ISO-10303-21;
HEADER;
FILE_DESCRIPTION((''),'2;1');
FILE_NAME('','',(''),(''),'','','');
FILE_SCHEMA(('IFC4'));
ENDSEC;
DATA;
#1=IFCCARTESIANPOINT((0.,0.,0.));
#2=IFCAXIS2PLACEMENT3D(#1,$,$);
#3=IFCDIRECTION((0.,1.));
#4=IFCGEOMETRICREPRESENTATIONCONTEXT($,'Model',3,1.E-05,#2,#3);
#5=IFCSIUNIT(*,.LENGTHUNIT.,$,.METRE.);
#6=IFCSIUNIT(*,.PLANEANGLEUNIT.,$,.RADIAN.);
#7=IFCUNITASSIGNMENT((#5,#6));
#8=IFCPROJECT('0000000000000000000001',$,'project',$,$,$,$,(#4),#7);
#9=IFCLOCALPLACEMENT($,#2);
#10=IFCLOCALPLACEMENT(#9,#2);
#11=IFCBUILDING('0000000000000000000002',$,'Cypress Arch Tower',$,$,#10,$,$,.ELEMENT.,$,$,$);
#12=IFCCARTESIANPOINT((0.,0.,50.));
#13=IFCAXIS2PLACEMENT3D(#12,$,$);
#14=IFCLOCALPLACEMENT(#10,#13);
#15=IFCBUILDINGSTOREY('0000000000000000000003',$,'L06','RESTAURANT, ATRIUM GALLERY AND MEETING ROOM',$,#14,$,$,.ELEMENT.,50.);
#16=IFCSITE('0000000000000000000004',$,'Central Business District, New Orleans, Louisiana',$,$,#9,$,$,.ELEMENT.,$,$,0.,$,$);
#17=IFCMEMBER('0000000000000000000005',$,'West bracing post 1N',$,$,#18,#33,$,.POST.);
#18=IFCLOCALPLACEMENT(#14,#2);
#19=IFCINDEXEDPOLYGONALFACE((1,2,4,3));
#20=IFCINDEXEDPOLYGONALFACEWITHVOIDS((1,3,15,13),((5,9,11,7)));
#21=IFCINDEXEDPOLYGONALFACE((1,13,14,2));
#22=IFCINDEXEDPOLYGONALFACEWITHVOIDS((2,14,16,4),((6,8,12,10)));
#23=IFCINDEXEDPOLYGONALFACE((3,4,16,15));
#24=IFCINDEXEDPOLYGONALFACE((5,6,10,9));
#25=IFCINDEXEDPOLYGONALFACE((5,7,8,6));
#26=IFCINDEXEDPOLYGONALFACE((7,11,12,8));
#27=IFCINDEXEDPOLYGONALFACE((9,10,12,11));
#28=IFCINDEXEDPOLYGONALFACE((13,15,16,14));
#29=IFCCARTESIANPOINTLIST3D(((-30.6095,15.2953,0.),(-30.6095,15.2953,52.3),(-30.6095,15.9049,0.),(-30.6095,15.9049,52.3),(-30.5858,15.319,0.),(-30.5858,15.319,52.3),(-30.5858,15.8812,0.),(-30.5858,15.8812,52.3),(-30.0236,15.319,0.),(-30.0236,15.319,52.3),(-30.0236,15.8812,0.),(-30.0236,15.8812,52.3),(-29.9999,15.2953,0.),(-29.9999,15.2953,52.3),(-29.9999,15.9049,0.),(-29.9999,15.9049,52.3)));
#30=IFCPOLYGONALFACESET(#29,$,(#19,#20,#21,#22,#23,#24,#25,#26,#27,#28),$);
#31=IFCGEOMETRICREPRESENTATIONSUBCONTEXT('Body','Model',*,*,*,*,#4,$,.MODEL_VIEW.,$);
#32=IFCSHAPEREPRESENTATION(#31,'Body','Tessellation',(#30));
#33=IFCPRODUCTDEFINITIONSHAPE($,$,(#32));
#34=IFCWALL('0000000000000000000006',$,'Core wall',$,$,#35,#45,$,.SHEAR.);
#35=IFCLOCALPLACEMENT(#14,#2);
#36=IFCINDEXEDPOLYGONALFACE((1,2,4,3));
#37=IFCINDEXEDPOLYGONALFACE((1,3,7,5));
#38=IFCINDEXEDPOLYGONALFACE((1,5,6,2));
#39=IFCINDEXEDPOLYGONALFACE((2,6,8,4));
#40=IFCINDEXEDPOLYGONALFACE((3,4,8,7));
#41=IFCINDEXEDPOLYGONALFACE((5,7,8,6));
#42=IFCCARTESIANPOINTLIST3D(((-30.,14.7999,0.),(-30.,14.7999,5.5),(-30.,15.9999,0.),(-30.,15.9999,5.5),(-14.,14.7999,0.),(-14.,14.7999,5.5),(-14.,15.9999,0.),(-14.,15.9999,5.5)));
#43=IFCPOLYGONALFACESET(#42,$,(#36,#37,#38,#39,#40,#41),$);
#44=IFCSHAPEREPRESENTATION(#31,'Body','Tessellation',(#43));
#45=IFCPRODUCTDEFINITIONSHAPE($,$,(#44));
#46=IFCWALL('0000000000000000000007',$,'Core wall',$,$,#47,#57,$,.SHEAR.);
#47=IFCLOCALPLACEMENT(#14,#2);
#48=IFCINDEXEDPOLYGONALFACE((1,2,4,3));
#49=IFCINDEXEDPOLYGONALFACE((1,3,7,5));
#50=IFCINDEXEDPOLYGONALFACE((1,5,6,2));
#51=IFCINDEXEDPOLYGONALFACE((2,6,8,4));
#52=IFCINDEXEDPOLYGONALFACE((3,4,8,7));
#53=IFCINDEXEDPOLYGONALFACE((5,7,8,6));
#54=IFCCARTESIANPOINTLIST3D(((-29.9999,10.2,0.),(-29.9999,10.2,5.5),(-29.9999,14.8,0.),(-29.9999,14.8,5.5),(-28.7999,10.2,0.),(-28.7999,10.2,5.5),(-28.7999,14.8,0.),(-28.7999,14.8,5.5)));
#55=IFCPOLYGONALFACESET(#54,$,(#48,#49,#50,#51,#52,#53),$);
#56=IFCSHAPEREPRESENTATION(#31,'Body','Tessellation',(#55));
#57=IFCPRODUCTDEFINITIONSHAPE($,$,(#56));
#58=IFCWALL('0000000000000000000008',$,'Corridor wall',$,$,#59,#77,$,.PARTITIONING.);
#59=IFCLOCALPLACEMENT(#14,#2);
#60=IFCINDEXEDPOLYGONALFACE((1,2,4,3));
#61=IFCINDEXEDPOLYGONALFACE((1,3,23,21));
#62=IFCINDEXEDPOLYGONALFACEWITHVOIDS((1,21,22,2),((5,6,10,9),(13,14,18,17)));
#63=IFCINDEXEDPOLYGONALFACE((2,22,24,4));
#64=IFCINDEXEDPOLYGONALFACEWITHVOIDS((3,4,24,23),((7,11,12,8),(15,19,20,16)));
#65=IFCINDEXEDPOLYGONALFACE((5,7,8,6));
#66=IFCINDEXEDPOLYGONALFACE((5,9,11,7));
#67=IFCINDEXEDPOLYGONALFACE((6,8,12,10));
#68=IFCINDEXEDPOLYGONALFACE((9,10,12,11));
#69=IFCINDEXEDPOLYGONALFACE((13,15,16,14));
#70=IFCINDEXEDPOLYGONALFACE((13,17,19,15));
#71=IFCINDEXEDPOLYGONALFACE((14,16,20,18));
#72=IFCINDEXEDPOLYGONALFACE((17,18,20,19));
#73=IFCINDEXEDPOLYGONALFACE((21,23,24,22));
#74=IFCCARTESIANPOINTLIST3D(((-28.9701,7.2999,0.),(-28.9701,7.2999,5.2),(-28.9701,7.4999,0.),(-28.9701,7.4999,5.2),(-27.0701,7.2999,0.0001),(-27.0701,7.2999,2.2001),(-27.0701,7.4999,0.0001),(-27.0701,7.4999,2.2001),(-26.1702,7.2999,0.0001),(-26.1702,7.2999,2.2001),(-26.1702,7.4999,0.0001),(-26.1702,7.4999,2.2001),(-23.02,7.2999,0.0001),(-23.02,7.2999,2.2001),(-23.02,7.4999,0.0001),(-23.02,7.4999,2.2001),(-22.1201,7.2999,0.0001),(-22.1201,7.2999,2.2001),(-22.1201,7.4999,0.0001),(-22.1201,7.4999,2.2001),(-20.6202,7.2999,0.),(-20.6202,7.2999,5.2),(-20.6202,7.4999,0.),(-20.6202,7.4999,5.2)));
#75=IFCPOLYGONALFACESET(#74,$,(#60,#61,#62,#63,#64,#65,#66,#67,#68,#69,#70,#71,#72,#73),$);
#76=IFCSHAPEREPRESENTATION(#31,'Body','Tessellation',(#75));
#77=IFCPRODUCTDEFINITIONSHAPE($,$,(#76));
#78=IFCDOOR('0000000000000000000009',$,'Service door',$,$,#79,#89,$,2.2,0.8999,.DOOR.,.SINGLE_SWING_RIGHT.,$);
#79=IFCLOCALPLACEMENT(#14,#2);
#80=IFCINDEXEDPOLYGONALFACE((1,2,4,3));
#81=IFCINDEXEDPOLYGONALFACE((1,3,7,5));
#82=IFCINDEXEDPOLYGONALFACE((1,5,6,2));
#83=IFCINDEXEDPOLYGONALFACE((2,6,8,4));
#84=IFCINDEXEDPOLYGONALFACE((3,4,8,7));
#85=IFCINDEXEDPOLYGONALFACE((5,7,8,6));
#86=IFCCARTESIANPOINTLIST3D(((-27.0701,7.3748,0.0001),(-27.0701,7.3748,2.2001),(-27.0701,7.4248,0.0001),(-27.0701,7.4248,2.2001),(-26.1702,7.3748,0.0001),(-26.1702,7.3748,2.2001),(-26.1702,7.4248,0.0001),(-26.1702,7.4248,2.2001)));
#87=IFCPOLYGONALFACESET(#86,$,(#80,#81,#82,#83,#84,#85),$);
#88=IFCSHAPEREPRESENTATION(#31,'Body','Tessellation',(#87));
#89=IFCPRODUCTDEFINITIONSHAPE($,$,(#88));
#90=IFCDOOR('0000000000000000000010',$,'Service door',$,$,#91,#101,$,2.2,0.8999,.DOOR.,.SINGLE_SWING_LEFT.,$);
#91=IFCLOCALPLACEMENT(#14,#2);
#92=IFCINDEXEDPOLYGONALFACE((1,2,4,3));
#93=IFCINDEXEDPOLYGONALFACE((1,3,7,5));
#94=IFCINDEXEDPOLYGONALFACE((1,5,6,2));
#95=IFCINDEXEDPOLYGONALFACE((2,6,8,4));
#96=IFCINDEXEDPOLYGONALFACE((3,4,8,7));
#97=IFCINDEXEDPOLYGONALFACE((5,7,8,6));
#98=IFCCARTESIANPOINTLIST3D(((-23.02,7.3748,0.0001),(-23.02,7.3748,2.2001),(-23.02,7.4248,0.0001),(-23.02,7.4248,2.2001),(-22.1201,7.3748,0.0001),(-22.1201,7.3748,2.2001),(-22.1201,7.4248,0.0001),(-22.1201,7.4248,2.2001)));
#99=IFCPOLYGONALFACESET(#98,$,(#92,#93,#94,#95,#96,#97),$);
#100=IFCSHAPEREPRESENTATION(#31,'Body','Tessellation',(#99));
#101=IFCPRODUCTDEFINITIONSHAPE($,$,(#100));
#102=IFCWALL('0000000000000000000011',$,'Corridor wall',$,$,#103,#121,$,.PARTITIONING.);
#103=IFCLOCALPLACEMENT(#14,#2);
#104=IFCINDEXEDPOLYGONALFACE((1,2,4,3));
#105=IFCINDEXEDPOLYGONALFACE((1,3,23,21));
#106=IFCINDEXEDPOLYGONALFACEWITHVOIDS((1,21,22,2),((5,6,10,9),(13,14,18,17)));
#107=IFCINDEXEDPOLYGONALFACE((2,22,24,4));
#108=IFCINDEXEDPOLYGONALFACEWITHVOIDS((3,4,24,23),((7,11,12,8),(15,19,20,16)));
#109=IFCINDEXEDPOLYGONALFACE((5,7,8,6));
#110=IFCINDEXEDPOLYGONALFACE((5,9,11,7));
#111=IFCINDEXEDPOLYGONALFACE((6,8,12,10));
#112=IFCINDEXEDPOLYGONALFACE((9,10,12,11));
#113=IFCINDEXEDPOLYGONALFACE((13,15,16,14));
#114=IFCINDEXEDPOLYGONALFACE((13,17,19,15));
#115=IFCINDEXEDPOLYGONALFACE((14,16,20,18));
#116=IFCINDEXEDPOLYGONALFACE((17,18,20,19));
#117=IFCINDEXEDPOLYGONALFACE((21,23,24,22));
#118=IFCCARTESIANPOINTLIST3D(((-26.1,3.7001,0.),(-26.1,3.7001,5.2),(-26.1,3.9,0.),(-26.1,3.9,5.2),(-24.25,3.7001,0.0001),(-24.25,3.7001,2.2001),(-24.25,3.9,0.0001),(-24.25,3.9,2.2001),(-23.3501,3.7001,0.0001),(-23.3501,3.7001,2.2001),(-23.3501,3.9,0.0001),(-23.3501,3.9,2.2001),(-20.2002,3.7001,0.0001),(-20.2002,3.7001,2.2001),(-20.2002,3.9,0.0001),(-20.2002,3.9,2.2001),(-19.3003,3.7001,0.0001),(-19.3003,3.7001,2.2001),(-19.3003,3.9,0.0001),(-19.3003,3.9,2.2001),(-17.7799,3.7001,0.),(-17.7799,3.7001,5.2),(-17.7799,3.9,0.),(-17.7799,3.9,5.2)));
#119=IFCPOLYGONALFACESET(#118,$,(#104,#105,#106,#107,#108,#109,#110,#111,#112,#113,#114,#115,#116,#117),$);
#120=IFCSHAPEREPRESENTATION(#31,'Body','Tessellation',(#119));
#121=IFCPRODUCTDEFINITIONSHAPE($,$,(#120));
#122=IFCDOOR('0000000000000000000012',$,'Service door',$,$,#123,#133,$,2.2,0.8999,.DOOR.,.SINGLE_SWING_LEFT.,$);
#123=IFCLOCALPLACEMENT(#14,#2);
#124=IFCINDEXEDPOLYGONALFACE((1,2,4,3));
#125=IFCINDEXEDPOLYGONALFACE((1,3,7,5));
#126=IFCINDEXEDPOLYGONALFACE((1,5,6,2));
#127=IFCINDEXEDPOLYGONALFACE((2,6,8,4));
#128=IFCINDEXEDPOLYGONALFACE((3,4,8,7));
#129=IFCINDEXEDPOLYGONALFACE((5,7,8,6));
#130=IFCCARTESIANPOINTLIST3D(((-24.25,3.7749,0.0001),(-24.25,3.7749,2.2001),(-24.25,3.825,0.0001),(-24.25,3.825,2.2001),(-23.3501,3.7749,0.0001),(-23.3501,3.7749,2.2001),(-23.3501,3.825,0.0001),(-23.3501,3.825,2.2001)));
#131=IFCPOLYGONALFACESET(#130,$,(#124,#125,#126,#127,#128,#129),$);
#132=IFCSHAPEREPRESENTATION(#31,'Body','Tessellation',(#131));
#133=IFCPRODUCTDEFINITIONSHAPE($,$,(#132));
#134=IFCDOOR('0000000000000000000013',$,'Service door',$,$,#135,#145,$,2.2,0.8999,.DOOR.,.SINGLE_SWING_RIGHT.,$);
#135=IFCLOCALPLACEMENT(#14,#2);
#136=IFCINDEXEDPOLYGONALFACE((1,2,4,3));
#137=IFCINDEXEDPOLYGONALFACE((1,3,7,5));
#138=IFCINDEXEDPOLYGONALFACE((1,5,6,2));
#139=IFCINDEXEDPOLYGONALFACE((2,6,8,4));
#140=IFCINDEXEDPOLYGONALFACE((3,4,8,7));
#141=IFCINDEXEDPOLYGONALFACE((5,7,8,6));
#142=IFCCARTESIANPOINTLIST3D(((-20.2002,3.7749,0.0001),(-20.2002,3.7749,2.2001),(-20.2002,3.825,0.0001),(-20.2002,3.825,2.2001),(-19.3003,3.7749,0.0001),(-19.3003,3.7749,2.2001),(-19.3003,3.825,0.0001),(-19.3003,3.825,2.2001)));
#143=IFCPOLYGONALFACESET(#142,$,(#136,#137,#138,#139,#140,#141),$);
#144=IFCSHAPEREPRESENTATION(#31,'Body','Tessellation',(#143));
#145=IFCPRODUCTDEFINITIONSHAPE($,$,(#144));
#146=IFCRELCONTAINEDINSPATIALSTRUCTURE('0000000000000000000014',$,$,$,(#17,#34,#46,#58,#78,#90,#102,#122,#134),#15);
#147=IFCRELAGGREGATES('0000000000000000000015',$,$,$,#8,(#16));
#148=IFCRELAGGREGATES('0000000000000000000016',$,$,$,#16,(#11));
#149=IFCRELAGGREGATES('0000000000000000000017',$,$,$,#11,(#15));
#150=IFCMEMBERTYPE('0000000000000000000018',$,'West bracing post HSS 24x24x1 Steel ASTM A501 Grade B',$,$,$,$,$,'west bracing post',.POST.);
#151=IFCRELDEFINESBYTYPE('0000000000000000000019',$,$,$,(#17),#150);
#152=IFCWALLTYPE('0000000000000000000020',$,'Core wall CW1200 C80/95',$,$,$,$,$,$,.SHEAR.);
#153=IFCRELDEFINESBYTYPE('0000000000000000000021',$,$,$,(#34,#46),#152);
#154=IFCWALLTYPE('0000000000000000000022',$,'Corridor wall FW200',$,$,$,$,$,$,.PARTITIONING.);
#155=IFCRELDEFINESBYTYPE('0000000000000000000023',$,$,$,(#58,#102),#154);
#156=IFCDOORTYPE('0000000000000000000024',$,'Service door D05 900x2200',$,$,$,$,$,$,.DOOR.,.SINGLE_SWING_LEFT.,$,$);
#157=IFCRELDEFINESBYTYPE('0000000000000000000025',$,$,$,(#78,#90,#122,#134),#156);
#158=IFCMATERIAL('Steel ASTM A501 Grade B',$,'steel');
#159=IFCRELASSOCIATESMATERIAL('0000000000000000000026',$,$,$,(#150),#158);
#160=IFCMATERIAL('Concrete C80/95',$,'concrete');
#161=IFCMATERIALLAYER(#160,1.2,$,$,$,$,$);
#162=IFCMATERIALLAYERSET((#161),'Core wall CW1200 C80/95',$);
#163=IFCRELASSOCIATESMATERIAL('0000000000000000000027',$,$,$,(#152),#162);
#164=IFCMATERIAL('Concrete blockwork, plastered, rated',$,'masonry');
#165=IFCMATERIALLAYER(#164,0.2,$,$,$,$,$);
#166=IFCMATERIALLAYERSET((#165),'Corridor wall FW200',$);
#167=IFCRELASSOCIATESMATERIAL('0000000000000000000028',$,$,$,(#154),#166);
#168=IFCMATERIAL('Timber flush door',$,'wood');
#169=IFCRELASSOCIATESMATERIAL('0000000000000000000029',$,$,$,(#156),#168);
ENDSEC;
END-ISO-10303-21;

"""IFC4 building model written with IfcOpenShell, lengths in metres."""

from ifc_helpers import new_model, si_unit, direction, frame, frame_2d, origin, origin_2d, place, context, subcontext, project, spatial, rectangle, hollow_rectangle, extrude, material, layer, layer_set, material_profile, profile_set, type_object, element, fill, save


model = new_model("IFC4")

# Units and contexts
model_context = context("Model", 3, precision=1e-05, world=origin(), true_north=direction((0.0, 1.0)))
body_context = subcontext(model_context, "Body", "Model", "MODEL_VIEW")
ifc_project = project(units=[si_unit("LENGTHUNIT", "METRE"), si_unit("PLANEANGLEUNIT", "RADIAN")], contexts=[model_context])

# Site, building, storey
site_placement = place(None, origin())
site = spatial("IfcSite", under=ifc_project, at=site_placement, Name="Central Business District, New Orleans, Louisiana", CompositionType="ELEMENT", RefElevation=0.0)
building_placement = place(site_placement, origin())
building = spatial("IfcBuilding", under=site, at=building_placement, Name="Cypress Arch Tower", CompositionType="ELEMENT")
storey_placement = place(building_placement, frame((0.0, 0.0, 50.0)))
storey = spatial("IfcBuildingStorey", under=building, at=storey_placement, Name="L06", Description="RESTAURANT, ATRIUM GALLERY AND MEETING ROOM", CompositionType="ELEMENT", Elevation=50.0)

# Member
ifc_material_1 = material(Name="Steel ASTM A501 Grade B", Category="steel")
ifc_material_profile = material_profile(ifc_material_1, hollow_rectangle(XDim=0.6096, YDim=0.6096, WallThickness=0.0237, at=origin_2d()), Name="HSS 24x24x1")
ifc_profile_set = profile_set([ifc_material_profile], Name="Steel ASTM A501 Grade B")
member_type = type_object("IfcMemberType", Name="West bracing post HSS 24x24x1 Steel ASTM A501 Grade B", ElementType="west bracing post", PredefinedType="POST", material=ifc_profile_set)
member_placement = place(storey_placement, frame((-30.3047, 15.6001, 0.0), z_axis=(0.0, 0.0, 1.0), x_axis=(1.0, 0.0, 0.0)))
element("IfcMember", 1, at=member_placement, inside=storey, type_object=member_type, Name="West bracing post 1N", PredefinedType="POST", context=body_context, shape_type="SweptSolid", body=[
    extrude(hollow_rectangle(XDim=0.6096, YDim=0.6096, WallThickness=0.0237, at=origin_2d()), origin(), (0.0, 0.0, 1.0), 52.3),
])

# Walls
ifc_material_2 = material(Name="Concrete C80/95", Category="concrete")
ifc_layer_1 = layer(ifc_material_2, 1.2)
ifc_layer_set_1 = layer_set([ifc_layer_1], Name="Core wall CW1200 C80/95")
wall_type_1 = type_object("IfcWallType", Name="Core wall CW1200 C80/95", PredefinedType="SHEAR", material=ifc_layer_set_1)
wall_1_placement = place(storey_placement, frame((-30.0, 15.3999, 0.0), z_axis=(0.0, 0.0, 1.0), x_axis=(1.0, 0.0, 0.0)))
element("IfcWall", 2, at=wall_1_placement, inside=storey, type_object=wall_type_1, Name="Core wall", PredefinedType="SHEAR", context=body_context, shape_type="SweptSolid", body=[
    extrude(rectangle(XDim=16.0, YDim=1.2, at=frame_2d((8.0, 0.0))), origin(), (0.0, 0.0, 1.0), 5.5),
])
wall_2_placement = place(storey_placement, frame((-29.3999, 10.2, 0.0), z_axis=(0.0, 0.0, 1.0), x_axis=(0.0, 1.0, 0.0)))
element("IfcWall", 3, at=wall_2_placement, inside=storey, type_object=wall_type_1, Name="Core wall", PredefinedType="SHEAR", context=body_context, shape_type="SweptSolid", body=[
    extrude(rectangle(XDim=4.6001, YDim=1.2, at=frame_2d((2.3, 0.0))), origin(), (0.0, 0.0, 1.0), 5.5),
])

# Walls, openings, doors
ifc_material_3 = material(Name="Concrete blockwork, plastered, rated", Category="masonry")
ifc_layer_2 = layer(ifc_material_3, 0.2)
ifc_layer_set_2 = layer_set([ifc_layer_2], Name="Corridor wall FW200")
wall_type_2 = type_object("IfcWallType", Name="Corridor wall FW200", PredefinedType="PARTITIONING", material=ifc_layer_set_2)
wall_3_placement = place(storey_placement, frame((-28.97, 7.3999, 0.0), z_axis=(0.0, 0.0, 1.0), x_axis=(1.0, 0.0, 0.0)))
wall_3 = element("IfcWall", 4, at=wall_3_placement, inside=storey, type_object=wall_type_2, Name="Corridor wall", PredefinedType="PARTITIONING", context=body_context, shape_type="SweptSolid", body=[
    extrude(rectangle(XDim=8.3499, YDim=0.2, at=frame_2d((4.1748, 0.0))), origin(), (0.0, 0.0, 1.0), 5.2),
])
opening_1_placement = place(wall_3_placement, frame((1.8999, 0.0, 0.0)))
opening_1 = element("IfcOpeningElement", 5, at=opening_1_placement, cuts=wall_3, PredefinedType="OPENING", context=body_context, shape_type="SweptSolid", body=[
    extrude(rectangle(XDim=0.8999, YDim=2.2, at=frame_2d((0.45, 1.1001))), frame((0.0, 0.1099, 0.0), z_axis=(0.0, -1.0, 0.0), x_axis=(1.0, 0.0, 0.0)), (0.0, 0.0, 1.0), 0.22),
])
opening_2_placement = place(wall_3_placement, frame((5.95, 0.0, 0.0)))
opening_2 = element("IfcOpeningElement", 6, at=opening_2_placement, cuts=wall_3, PredefinedType="OPENING", context=body_context, shape_type="SweptSolid", body=[
    extrude(rectangle(XDim=0.8999, YDim=2.2, at=frame_2d((0.45, 1.1001))), frame((0.0, 0.1099, 0.0), z_axis=(0.0, -1.0, 0.0), x_axis=(1.0, 0.0, 0.0)), (0.0, 0.0, 1.0), 0.22),
])
ifc_material_4 = material(Name="Timber flush door", Category="wood")
door_type_1 = type_object("IfcDoorType", Name="Service door D05 900x2200", OperationType="SINGLE_SWING_LEFT", PredefinedType="DOOR", material=ifc_material_4)
door_1_placement = place(opening_1_placement, origin())
door_1 = element("IfcDoor", 7, at=door_1_placement, inside=storey, type_object=door_type_1, Name="Service door", OperationType="SINGLE_SWING_RIGHT", OverallHeight=2.2, OverallWidth=0.8999, PredefinedType="DOOR", context=body_context, shape_type="SweptSolid", body=[
    extrude(rectangle(XDim=0.8999, YDim=2.2, at=frame_2d((0.45, 1.1001))), frame((0.0, 0.0249, 0.0), z_axis=(0.0, -1.0, 0.0), x_axis=(1.0, 0.0, 0.0)), (0.0, 0.0, 1.0), 0.05),
])
fill(opening_1, door_1)
door_2_placement = place(opening_2_placement, origin())
door_2 = element("IfcDoor", 8, at=door_2_placement, inside=storey, type_object=door_type_1, Name="Service door", OperationType="SINGLE_SWING_LEFT", OverallHeight=2.2, OverallWidth=0.8999, PredefinedType="DOOR", context=body_context, shape_type="SweptSolid", body=[
    extrude(rectangle(XDim=0.8999, YDim=2.2, at=frame_2d((0.45, 1.1001))), frame((0.0, 0.0249, 0.0), z_axis=(0.0, -1.0, 0.0), x_axis=(1.0, 0.0, 0.0)), (0.0, 0.0, 1.0), 0.05),
])
fill(opening_2, door_2)
wall_4_placement = place(storey_placement, frame((-26.1001, 3.8, 0.0), z_axis=(0.0, 0.0, 1.0), x_axis=(1.0, 0.0, 0.0)))
wall_4 = element("IfcWall", 9, at=wall_4_placement, inside=storey, type_object=wall_type_2, Name="Corridor wall", PredefinedType="PARTITIONING", context=body_context, shape_type="SweptSolid", body=[
    extrude(rectangle(XDim=8.3201, YDim=0.2, at=frame_2d((4.1602, 0.0))), origin(), (0.0, 0.0, 1.0), 5.2),
])
opening_3_placement = place(wall_4_placement, frame((1.8501, 0.0, 0.0)))
opening_3 = element("IfcOpeningElement", 10, at=opening_3_placement, cuts=wall_4, PredefinedType="OPENING", context=body_context, shape_type="SweptSolid", body=[
    extrude(rectangle(XDim=0.8999, YDim=2.2, at=frame_2d((0.45, 1.1001))), frame((0.0, 0.1099, 0.0), z_axis=(0.0, -1.0, 0.0), x_axis=(1.0, 0.0, 0.0)), (0.0, 0.0, 1.0), 0.22),
])
opening_4_placement = place(wall_4_placement, frame((5.8999, 0.0, 0.0)))
opening_4 = element("IfcOpeningElement", 11, at=opening_4_placement, cuts=wall_4, PredefinedType="OPENING", context=body_context, shape_type="SweptSolid", body=[
    extrude(rectangle(XDim=0.8999, YDim=2.2, at=frame_2d((0.45, 1.1001))), frame((0.0, 0.1099, 0.0), z_axis=(0.0, -1.0, 0.0), x_axis=(1.0, 0.0, 0.0)), (0.0, 0.0, 1.0), 0.22),
])
door_3_placement = place(opening_3_placement, origin())
door_3 = element("IfcDoor", 12, at=door_3_placement, inside=storey, type_object=door_type_1, Name="Service door", OperationType="SINGLE_SWING_LEFT", OverallHeight=2.2, OverallWidth=0.8999, PredefinedType="DOOR", context=body_context, shape_type="SweptSolid", body=[
    extrude(rectangle(XDim=0.8999, YDim=2.2, at=frame_2d((0.45, 1.1001))), frame((0.0, 0.0249, 0.0), z_axis=(0.0, -1.0, 0.0), x_axis=(1.0, 0.0, 0.0)), (0.0, 0.0, 1.0), 0.05),
])
fill(opening_3, door_3)
door_4_placement = place(opening_4_placement, origin())
door_4 = element("IfcDoor", 13, at=door_4_placement, inside=storey, type_object=door_type_1, Name="Service door", OperationType="SINGLE_SWING_RIGHT", OverallHeight=2.2, OverallWidth=0.8999, PredefinedType="DOOR", context=body_context, shape_type="SweptSolid", body=[
    extrude(rectangle(XDim=0.8999, YDim=2.2, at=frame_2d((0.45, 1.1001))), frame((0.0, 0.0249, 0.0), z_axis=(0.0, -1.0, 0.0), x_axis=(1.0, 0.0, 0.0)), (0.0, 0.0, 1.0), 0.05),
])
fill(opening_4, door_4)

save(model, "model.ifc")
